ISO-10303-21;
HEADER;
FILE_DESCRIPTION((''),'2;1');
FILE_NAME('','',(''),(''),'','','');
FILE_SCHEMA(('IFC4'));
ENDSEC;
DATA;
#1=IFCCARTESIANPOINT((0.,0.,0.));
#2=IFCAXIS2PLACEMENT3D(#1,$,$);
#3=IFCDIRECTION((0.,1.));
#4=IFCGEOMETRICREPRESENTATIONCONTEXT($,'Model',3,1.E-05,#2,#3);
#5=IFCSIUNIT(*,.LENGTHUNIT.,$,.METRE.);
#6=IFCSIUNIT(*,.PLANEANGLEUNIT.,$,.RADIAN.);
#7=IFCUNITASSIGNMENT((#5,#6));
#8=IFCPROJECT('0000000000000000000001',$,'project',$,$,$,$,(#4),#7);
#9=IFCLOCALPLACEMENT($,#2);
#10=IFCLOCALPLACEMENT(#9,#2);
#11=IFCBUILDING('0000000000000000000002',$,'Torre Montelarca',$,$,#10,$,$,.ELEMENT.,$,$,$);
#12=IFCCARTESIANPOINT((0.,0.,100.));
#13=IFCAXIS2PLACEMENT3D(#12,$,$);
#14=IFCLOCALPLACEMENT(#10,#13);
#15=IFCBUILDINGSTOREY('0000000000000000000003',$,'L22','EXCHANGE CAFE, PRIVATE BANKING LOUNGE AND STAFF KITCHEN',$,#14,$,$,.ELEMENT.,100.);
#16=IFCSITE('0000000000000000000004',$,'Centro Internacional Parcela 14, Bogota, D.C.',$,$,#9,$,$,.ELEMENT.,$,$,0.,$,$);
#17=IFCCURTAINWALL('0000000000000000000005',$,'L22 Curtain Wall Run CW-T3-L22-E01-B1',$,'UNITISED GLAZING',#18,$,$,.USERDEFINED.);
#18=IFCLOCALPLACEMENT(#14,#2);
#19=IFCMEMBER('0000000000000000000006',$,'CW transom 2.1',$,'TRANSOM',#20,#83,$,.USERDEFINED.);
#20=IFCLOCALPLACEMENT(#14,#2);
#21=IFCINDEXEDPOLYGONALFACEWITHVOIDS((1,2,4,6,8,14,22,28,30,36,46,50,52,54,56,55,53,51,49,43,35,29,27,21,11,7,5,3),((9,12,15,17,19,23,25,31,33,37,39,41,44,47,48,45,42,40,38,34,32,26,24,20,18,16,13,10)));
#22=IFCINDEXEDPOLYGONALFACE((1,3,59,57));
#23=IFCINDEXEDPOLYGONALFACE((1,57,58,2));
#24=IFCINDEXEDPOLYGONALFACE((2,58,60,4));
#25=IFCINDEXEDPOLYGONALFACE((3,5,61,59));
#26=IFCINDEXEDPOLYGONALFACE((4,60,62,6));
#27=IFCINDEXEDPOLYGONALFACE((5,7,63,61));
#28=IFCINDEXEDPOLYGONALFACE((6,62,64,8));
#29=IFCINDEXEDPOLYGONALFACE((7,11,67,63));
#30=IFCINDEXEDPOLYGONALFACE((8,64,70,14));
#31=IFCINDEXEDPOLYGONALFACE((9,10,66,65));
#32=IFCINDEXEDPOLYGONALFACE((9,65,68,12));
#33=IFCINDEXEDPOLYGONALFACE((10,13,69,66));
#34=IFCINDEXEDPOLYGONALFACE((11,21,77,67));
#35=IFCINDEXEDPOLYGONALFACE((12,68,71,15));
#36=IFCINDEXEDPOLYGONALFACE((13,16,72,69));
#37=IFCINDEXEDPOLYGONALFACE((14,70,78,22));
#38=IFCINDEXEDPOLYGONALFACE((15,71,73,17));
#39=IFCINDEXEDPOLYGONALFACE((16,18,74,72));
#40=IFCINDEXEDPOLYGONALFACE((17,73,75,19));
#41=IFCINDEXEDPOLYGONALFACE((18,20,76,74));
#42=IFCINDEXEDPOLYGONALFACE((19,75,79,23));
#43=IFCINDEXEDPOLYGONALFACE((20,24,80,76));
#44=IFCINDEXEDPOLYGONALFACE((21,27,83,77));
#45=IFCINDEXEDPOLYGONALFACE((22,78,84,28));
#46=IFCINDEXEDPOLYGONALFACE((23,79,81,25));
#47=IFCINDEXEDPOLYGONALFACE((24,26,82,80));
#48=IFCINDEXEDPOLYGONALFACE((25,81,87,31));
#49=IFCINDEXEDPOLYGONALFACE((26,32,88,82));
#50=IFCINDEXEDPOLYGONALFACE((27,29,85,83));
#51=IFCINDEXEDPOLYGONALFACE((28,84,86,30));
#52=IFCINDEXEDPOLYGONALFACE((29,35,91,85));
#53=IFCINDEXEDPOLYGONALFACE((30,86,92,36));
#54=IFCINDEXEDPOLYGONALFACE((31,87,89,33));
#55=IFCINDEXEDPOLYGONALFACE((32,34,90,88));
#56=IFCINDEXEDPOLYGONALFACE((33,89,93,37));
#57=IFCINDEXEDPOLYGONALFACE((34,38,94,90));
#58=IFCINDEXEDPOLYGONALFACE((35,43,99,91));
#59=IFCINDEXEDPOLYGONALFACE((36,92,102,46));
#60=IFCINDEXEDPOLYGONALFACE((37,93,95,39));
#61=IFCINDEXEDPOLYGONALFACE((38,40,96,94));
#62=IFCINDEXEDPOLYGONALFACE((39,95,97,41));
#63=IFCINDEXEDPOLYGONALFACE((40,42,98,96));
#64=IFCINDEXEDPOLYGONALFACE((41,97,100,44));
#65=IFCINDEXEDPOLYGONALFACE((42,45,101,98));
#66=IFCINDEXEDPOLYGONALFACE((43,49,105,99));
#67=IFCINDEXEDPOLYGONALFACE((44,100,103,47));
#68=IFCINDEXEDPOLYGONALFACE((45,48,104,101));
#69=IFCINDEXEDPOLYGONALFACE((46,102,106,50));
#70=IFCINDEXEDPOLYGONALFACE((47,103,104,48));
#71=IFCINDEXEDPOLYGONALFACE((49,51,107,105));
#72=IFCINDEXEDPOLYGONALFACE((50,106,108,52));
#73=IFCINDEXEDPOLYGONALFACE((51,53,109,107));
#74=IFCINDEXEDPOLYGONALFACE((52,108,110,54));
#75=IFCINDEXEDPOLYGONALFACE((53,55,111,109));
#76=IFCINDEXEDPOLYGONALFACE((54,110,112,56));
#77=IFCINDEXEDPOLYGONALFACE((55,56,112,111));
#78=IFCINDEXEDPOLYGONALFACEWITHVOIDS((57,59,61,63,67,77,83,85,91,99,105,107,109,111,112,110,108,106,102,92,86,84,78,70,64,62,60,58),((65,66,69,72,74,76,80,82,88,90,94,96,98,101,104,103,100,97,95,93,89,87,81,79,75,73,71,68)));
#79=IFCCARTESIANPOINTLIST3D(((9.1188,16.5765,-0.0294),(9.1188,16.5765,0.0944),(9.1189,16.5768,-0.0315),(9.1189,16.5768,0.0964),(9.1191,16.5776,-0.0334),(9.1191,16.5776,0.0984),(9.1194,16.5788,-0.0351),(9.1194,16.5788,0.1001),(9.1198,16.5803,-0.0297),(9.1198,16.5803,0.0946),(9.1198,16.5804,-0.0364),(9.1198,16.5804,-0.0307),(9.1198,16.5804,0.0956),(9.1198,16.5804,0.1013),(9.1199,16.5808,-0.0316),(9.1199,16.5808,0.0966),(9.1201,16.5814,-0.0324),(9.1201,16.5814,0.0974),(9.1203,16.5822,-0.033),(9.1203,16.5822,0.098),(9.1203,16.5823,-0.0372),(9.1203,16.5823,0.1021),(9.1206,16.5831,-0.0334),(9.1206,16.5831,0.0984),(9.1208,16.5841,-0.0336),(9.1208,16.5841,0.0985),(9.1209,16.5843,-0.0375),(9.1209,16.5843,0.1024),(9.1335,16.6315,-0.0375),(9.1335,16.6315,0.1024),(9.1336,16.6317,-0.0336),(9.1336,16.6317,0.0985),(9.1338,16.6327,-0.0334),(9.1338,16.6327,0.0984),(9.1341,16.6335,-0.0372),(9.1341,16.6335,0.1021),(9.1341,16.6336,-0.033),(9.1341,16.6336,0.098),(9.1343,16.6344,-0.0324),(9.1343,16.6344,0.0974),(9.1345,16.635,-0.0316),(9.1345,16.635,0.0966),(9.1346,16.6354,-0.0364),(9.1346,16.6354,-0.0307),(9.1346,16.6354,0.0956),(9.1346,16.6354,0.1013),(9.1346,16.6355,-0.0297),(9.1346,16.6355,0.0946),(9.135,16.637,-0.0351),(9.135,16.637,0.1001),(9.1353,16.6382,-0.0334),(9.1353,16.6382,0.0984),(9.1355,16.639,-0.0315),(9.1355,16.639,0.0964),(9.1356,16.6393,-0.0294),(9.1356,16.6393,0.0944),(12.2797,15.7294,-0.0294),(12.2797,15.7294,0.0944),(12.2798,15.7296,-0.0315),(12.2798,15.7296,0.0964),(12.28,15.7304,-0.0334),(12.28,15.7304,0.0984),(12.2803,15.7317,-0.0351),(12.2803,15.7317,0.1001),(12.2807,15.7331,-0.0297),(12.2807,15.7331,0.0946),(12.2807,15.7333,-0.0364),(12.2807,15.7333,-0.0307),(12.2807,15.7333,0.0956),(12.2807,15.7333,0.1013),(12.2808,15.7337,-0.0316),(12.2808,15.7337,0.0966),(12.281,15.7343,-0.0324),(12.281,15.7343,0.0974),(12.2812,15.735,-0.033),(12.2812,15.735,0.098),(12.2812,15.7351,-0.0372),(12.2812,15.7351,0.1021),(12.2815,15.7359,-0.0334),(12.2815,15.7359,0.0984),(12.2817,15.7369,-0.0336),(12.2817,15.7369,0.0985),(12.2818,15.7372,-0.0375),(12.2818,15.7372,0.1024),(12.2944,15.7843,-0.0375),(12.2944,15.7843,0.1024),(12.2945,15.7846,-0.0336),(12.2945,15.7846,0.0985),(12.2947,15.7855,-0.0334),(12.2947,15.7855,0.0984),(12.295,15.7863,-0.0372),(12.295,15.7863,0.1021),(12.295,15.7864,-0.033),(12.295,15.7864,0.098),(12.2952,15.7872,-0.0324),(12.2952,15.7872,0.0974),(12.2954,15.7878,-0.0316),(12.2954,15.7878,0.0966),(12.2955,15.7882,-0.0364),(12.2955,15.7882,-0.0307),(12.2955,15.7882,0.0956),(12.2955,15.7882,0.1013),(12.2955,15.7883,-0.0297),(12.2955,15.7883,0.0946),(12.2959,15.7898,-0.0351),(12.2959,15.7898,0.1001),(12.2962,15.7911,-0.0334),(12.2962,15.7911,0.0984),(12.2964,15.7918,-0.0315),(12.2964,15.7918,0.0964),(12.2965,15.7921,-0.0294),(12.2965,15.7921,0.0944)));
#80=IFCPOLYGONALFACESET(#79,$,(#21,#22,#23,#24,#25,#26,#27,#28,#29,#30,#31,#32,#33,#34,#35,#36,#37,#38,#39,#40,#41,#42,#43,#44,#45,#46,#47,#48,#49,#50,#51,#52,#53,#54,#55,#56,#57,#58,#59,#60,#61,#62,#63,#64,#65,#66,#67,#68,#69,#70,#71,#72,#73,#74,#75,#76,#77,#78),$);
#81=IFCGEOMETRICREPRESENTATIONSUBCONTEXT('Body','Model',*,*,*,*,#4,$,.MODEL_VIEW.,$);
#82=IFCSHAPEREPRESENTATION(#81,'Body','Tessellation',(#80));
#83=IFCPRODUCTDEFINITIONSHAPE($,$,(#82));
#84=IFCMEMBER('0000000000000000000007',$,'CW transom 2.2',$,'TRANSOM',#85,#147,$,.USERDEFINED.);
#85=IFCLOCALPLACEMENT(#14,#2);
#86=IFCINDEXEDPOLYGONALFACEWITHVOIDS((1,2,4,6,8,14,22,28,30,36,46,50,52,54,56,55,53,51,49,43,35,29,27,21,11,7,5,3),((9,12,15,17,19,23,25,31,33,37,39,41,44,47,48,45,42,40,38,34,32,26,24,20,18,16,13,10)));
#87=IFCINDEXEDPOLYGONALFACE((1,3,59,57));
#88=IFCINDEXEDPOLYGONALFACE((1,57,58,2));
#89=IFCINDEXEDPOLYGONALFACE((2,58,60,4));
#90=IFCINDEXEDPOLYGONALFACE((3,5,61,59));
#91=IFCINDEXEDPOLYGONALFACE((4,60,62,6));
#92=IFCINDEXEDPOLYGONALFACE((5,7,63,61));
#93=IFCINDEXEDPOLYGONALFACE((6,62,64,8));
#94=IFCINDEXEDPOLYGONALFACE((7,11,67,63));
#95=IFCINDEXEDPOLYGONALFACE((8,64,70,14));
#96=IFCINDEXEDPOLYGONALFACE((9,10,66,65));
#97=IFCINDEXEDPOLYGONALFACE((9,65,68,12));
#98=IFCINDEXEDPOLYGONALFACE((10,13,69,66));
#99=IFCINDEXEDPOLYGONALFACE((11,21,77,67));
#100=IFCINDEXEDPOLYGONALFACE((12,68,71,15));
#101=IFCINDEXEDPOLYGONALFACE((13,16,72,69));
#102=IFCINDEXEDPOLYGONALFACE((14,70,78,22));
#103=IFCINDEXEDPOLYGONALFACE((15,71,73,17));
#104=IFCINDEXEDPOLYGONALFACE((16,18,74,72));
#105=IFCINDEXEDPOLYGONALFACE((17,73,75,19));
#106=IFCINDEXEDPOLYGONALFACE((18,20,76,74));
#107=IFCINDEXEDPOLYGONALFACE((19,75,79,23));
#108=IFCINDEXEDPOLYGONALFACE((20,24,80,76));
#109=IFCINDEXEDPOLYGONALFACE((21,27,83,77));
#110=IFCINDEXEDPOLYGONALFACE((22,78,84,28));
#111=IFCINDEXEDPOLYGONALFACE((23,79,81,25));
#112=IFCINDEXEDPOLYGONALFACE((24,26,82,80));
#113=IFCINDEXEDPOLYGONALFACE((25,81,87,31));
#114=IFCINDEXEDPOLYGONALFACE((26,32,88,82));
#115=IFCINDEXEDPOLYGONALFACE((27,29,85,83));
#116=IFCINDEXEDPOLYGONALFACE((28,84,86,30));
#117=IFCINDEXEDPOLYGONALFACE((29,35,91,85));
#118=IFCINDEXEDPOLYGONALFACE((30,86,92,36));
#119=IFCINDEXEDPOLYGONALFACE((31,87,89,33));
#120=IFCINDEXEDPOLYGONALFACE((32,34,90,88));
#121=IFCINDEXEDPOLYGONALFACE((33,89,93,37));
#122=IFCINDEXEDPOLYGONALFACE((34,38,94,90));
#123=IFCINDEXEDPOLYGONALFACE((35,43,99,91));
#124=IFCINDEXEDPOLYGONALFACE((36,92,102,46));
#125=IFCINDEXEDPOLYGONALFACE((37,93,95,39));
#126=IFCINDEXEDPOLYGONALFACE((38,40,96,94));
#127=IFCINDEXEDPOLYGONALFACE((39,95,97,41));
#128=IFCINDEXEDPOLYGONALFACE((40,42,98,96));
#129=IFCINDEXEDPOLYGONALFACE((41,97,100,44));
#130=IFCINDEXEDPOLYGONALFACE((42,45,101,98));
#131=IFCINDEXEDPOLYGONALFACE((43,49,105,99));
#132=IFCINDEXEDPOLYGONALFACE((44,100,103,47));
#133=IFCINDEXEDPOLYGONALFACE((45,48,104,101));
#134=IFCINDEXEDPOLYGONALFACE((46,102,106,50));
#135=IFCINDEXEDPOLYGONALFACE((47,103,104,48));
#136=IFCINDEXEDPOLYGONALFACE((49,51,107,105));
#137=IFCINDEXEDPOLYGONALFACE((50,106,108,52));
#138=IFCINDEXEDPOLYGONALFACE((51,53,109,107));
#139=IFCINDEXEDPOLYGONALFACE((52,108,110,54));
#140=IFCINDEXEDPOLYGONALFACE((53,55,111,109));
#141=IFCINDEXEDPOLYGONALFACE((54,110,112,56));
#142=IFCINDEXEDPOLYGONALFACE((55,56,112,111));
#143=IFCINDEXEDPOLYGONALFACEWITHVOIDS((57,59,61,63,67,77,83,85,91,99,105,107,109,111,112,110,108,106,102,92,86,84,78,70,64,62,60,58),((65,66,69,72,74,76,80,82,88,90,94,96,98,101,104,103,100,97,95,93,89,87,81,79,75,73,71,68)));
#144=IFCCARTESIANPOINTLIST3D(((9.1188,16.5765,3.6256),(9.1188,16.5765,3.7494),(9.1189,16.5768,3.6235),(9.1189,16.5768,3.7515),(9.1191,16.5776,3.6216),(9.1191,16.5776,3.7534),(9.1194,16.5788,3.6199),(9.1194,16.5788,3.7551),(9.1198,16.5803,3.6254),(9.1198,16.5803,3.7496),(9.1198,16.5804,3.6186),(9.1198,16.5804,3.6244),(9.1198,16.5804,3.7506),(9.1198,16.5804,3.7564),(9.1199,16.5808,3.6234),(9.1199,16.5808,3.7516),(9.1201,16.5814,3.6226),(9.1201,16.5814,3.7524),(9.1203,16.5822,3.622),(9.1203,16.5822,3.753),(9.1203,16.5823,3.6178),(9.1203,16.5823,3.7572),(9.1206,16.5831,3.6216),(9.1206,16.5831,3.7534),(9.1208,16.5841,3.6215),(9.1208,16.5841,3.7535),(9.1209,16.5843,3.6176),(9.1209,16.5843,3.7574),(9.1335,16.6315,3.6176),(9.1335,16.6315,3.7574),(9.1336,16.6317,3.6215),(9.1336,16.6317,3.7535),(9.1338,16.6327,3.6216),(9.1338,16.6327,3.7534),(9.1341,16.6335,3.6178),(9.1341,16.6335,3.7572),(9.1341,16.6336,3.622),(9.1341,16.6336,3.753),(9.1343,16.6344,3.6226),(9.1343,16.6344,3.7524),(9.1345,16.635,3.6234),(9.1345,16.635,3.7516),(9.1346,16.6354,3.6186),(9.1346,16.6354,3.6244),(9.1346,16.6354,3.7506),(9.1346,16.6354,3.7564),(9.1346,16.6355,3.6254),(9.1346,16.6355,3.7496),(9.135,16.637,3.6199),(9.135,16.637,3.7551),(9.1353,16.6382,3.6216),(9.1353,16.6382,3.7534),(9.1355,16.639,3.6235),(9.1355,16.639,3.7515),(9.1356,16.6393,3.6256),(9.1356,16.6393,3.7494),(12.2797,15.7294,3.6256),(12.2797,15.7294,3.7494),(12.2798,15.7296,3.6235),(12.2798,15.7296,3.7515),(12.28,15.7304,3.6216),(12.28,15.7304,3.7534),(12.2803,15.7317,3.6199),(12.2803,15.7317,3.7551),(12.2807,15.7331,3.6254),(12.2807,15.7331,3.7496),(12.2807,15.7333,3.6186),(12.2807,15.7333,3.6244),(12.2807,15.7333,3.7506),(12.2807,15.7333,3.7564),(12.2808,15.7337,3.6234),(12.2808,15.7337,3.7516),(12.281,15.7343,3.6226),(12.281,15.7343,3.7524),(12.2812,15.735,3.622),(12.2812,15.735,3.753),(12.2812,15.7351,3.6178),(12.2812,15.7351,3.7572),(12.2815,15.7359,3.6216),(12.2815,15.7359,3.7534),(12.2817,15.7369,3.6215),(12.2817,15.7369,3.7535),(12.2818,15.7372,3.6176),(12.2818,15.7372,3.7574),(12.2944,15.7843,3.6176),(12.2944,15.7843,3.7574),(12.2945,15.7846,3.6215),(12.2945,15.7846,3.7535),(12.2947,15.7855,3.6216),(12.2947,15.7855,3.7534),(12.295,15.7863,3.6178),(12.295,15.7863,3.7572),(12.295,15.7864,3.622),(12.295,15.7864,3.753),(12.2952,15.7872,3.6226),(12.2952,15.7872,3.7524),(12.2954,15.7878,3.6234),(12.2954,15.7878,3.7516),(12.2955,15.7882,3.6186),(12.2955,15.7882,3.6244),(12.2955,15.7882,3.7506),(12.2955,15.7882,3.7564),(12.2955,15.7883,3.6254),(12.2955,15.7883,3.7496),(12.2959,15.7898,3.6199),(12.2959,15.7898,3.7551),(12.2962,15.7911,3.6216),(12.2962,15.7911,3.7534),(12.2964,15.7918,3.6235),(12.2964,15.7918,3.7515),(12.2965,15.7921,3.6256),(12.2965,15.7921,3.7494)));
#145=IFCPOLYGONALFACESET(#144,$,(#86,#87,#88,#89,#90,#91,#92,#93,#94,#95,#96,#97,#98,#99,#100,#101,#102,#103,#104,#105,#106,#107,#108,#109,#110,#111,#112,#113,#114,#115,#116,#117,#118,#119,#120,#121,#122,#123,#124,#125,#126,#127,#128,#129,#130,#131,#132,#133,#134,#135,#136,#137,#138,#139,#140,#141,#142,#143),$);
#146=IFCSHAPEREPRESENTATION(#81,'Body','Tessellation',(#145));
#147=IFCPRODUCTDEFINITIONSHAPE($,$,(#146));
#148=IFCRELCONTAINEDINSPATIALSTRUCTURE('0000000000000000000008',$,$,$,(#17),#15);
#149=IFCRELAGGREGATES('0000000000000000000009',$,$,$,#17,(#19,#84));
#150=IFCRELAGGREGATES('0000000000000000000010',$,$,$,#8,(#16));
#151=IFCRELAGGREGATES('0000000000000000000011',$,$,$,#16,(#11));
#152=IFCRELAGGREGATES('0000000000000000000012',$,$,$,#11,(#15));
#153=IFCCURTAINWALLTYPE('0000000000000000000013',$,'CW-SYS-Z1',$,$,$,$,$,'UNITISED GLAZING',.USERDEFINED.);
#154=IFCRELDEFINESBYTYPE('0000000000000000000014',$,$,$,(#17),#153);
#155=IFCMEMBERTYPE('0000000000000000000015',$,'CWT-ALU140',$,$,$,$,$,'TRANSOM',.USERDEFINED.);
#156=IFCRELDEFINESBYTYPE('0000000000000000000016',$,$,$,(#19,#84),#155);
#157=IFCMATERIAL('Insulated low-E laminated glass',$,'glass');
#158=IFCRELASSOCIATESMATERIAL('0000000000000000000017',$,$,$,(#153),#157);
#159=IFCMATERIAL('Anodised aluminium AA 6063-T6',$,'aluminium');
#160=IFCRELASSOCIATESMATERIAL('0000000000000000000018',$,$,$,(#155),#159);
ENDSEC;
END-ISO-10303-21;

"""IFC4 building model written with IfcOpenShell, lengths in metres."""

from ifc_helpers import new_model, si_unit, direction, frame, origin, origin_2d, place, context, subcontext, project, spatial, hollow_rectangle, extrude, source, transform, mapped, material, material_profile, profile_set, type_object, element, aggregate, save


model = new_model("IFC4")

# Units and contexts
model_context = context("Model", 3, precision=1e-05, world=origin(), true_north=direction((0.0, 1.0)))
body_context = subcontext(model_context, "Body", "Model", "MODEL_VIEW")
ifc_project = project(units=[si_unit("LENGTHUNIT", "METRE"), si_unit("PLANEANGLEUNIT", "RADIAN")], contexts=[model_context])

# Site, building, storey
site_placement = place(None, origin())
site = spatial("IfcSite", under=ifc_project, at=site_placement, Name="Centro Internacional Parcela 14, Bogota, D.C.", CompositionType="ELEMENT", RefElevation=0.0)
building_placement = place(site_placement, origin())
building = spatial("IfcBuilding", under=site, at=building_placement, Name="Torre Montelarca", CompositionType="ELEMENT")
storey_placement = place(building_placement, frame((0.0, 0.0, 100.0)))
storey = spatial("IfcBuildingStorey", under=building, at=storey_placement, Name="L22", Description="EXCHANGE CAFE, PRIVATE BANKING LOUNGE AND STAFF KITCHEN", CompositionType="ELEMENT", Elevation=100.0)

# Curtain wall, members
ifc_material_1 = material(Name="Insulated low-E laminated glass", Category="glass")
curtain_wall_type = type_object("IfcCurtainWallType", Name="CW-SYS-Z1", ElementType="UNITISED GLAZING", PredefinedType="USERDEFINED", material=ifc_material_1)
curtain_wall_1_placement = place(storey_placement, origin())
curtain_wall_1 = element("IfcCurtainWall", 1, at=curtain_wall_1_placement, inside=storey, type_object=curtain_wall_type, Name="L22 Curtain Wall Run CW-T3-L22-E01-B1", ObjectType="UNITISED GLAZING", PredefinedType="USERDEFINED")
ifc_material_2 = material(Name="Anodised aluminium AA 6063-T6", Category="aluminium")
ifc_material_profile_1 = material_profile(ifc_material_2, hollow_rectangle(XDim=0.0649, YDim=0.1399, WallThickness=0.0039, InnerFilletRadius=0.0039, OuterFilletRadius=0.0081, at=origin_2d()), Name="ALU65X140X4", Category="aluminium")
ifc_profile_set_1 = profile_set([ifc_material_profile_1], Name="Anodised aluminium AA 6063-T6")
member_type_1 = type_object("IfcMemberType", Name="CWT-ALU140", ElementType="TRANSOM", PredefinedType="USERDEFINED", material=ifc_profile_set_1)
shared_shape_1 = source(origin(), body_context, "Body", "SweptSolid", [
    extrude(hollow_rectangle(XDim=0.0649, YDim=0.1399, WallThickness=0.0039, InnerFilletRadius=0.0039, OuterFilletRadius=0.0081, at=origin_2d()), origin(), (0.0, 0.0, 1.0), 3.2725),
])
member_1_placement = place(storey_placement, frame((9.1272, 16.6079, 0.0325), z_axis=(0.96591, -0.258879, 0.0), x_axis=(0.258879, 0.96591, 0.0)))
member_1 = element("IfcMember", 2, at=member_1_placement, type_object=member_type_1, Name="CW transom 2.1", ObjectType="TRANSOM", PredefinedType="USERDEFINED", context=body_context, shape_type="MappedRepresentation", body=[
    mapped(shared_shape_1, transform((0.0, 0.0, 0.0), scale=1.0)),
])
member_2_placement = place(storey_placement, frame((9.1272, 16.6079, 3.6875), z_axis=(0.96591, -0.258879, 0.0), x_axis=(0.258879, 0.96591, 0.0)))
member_2 = element("IfcMember", 3, at=member_2_placement, type_object=member_type_1, Name="CW transom 2.2", ObjectType="TRANSOM", PredefinedType="USERDEFINED", context=body_context, shape_type="MappedRepresentation", body=[
    mapped(shared_shape_1, transform((0.0, 0.0, 0.0), scale=1.0)),
])

aggregate(curtain_wall_1, [member_1, member_2])

save(model, "model.ifc")
